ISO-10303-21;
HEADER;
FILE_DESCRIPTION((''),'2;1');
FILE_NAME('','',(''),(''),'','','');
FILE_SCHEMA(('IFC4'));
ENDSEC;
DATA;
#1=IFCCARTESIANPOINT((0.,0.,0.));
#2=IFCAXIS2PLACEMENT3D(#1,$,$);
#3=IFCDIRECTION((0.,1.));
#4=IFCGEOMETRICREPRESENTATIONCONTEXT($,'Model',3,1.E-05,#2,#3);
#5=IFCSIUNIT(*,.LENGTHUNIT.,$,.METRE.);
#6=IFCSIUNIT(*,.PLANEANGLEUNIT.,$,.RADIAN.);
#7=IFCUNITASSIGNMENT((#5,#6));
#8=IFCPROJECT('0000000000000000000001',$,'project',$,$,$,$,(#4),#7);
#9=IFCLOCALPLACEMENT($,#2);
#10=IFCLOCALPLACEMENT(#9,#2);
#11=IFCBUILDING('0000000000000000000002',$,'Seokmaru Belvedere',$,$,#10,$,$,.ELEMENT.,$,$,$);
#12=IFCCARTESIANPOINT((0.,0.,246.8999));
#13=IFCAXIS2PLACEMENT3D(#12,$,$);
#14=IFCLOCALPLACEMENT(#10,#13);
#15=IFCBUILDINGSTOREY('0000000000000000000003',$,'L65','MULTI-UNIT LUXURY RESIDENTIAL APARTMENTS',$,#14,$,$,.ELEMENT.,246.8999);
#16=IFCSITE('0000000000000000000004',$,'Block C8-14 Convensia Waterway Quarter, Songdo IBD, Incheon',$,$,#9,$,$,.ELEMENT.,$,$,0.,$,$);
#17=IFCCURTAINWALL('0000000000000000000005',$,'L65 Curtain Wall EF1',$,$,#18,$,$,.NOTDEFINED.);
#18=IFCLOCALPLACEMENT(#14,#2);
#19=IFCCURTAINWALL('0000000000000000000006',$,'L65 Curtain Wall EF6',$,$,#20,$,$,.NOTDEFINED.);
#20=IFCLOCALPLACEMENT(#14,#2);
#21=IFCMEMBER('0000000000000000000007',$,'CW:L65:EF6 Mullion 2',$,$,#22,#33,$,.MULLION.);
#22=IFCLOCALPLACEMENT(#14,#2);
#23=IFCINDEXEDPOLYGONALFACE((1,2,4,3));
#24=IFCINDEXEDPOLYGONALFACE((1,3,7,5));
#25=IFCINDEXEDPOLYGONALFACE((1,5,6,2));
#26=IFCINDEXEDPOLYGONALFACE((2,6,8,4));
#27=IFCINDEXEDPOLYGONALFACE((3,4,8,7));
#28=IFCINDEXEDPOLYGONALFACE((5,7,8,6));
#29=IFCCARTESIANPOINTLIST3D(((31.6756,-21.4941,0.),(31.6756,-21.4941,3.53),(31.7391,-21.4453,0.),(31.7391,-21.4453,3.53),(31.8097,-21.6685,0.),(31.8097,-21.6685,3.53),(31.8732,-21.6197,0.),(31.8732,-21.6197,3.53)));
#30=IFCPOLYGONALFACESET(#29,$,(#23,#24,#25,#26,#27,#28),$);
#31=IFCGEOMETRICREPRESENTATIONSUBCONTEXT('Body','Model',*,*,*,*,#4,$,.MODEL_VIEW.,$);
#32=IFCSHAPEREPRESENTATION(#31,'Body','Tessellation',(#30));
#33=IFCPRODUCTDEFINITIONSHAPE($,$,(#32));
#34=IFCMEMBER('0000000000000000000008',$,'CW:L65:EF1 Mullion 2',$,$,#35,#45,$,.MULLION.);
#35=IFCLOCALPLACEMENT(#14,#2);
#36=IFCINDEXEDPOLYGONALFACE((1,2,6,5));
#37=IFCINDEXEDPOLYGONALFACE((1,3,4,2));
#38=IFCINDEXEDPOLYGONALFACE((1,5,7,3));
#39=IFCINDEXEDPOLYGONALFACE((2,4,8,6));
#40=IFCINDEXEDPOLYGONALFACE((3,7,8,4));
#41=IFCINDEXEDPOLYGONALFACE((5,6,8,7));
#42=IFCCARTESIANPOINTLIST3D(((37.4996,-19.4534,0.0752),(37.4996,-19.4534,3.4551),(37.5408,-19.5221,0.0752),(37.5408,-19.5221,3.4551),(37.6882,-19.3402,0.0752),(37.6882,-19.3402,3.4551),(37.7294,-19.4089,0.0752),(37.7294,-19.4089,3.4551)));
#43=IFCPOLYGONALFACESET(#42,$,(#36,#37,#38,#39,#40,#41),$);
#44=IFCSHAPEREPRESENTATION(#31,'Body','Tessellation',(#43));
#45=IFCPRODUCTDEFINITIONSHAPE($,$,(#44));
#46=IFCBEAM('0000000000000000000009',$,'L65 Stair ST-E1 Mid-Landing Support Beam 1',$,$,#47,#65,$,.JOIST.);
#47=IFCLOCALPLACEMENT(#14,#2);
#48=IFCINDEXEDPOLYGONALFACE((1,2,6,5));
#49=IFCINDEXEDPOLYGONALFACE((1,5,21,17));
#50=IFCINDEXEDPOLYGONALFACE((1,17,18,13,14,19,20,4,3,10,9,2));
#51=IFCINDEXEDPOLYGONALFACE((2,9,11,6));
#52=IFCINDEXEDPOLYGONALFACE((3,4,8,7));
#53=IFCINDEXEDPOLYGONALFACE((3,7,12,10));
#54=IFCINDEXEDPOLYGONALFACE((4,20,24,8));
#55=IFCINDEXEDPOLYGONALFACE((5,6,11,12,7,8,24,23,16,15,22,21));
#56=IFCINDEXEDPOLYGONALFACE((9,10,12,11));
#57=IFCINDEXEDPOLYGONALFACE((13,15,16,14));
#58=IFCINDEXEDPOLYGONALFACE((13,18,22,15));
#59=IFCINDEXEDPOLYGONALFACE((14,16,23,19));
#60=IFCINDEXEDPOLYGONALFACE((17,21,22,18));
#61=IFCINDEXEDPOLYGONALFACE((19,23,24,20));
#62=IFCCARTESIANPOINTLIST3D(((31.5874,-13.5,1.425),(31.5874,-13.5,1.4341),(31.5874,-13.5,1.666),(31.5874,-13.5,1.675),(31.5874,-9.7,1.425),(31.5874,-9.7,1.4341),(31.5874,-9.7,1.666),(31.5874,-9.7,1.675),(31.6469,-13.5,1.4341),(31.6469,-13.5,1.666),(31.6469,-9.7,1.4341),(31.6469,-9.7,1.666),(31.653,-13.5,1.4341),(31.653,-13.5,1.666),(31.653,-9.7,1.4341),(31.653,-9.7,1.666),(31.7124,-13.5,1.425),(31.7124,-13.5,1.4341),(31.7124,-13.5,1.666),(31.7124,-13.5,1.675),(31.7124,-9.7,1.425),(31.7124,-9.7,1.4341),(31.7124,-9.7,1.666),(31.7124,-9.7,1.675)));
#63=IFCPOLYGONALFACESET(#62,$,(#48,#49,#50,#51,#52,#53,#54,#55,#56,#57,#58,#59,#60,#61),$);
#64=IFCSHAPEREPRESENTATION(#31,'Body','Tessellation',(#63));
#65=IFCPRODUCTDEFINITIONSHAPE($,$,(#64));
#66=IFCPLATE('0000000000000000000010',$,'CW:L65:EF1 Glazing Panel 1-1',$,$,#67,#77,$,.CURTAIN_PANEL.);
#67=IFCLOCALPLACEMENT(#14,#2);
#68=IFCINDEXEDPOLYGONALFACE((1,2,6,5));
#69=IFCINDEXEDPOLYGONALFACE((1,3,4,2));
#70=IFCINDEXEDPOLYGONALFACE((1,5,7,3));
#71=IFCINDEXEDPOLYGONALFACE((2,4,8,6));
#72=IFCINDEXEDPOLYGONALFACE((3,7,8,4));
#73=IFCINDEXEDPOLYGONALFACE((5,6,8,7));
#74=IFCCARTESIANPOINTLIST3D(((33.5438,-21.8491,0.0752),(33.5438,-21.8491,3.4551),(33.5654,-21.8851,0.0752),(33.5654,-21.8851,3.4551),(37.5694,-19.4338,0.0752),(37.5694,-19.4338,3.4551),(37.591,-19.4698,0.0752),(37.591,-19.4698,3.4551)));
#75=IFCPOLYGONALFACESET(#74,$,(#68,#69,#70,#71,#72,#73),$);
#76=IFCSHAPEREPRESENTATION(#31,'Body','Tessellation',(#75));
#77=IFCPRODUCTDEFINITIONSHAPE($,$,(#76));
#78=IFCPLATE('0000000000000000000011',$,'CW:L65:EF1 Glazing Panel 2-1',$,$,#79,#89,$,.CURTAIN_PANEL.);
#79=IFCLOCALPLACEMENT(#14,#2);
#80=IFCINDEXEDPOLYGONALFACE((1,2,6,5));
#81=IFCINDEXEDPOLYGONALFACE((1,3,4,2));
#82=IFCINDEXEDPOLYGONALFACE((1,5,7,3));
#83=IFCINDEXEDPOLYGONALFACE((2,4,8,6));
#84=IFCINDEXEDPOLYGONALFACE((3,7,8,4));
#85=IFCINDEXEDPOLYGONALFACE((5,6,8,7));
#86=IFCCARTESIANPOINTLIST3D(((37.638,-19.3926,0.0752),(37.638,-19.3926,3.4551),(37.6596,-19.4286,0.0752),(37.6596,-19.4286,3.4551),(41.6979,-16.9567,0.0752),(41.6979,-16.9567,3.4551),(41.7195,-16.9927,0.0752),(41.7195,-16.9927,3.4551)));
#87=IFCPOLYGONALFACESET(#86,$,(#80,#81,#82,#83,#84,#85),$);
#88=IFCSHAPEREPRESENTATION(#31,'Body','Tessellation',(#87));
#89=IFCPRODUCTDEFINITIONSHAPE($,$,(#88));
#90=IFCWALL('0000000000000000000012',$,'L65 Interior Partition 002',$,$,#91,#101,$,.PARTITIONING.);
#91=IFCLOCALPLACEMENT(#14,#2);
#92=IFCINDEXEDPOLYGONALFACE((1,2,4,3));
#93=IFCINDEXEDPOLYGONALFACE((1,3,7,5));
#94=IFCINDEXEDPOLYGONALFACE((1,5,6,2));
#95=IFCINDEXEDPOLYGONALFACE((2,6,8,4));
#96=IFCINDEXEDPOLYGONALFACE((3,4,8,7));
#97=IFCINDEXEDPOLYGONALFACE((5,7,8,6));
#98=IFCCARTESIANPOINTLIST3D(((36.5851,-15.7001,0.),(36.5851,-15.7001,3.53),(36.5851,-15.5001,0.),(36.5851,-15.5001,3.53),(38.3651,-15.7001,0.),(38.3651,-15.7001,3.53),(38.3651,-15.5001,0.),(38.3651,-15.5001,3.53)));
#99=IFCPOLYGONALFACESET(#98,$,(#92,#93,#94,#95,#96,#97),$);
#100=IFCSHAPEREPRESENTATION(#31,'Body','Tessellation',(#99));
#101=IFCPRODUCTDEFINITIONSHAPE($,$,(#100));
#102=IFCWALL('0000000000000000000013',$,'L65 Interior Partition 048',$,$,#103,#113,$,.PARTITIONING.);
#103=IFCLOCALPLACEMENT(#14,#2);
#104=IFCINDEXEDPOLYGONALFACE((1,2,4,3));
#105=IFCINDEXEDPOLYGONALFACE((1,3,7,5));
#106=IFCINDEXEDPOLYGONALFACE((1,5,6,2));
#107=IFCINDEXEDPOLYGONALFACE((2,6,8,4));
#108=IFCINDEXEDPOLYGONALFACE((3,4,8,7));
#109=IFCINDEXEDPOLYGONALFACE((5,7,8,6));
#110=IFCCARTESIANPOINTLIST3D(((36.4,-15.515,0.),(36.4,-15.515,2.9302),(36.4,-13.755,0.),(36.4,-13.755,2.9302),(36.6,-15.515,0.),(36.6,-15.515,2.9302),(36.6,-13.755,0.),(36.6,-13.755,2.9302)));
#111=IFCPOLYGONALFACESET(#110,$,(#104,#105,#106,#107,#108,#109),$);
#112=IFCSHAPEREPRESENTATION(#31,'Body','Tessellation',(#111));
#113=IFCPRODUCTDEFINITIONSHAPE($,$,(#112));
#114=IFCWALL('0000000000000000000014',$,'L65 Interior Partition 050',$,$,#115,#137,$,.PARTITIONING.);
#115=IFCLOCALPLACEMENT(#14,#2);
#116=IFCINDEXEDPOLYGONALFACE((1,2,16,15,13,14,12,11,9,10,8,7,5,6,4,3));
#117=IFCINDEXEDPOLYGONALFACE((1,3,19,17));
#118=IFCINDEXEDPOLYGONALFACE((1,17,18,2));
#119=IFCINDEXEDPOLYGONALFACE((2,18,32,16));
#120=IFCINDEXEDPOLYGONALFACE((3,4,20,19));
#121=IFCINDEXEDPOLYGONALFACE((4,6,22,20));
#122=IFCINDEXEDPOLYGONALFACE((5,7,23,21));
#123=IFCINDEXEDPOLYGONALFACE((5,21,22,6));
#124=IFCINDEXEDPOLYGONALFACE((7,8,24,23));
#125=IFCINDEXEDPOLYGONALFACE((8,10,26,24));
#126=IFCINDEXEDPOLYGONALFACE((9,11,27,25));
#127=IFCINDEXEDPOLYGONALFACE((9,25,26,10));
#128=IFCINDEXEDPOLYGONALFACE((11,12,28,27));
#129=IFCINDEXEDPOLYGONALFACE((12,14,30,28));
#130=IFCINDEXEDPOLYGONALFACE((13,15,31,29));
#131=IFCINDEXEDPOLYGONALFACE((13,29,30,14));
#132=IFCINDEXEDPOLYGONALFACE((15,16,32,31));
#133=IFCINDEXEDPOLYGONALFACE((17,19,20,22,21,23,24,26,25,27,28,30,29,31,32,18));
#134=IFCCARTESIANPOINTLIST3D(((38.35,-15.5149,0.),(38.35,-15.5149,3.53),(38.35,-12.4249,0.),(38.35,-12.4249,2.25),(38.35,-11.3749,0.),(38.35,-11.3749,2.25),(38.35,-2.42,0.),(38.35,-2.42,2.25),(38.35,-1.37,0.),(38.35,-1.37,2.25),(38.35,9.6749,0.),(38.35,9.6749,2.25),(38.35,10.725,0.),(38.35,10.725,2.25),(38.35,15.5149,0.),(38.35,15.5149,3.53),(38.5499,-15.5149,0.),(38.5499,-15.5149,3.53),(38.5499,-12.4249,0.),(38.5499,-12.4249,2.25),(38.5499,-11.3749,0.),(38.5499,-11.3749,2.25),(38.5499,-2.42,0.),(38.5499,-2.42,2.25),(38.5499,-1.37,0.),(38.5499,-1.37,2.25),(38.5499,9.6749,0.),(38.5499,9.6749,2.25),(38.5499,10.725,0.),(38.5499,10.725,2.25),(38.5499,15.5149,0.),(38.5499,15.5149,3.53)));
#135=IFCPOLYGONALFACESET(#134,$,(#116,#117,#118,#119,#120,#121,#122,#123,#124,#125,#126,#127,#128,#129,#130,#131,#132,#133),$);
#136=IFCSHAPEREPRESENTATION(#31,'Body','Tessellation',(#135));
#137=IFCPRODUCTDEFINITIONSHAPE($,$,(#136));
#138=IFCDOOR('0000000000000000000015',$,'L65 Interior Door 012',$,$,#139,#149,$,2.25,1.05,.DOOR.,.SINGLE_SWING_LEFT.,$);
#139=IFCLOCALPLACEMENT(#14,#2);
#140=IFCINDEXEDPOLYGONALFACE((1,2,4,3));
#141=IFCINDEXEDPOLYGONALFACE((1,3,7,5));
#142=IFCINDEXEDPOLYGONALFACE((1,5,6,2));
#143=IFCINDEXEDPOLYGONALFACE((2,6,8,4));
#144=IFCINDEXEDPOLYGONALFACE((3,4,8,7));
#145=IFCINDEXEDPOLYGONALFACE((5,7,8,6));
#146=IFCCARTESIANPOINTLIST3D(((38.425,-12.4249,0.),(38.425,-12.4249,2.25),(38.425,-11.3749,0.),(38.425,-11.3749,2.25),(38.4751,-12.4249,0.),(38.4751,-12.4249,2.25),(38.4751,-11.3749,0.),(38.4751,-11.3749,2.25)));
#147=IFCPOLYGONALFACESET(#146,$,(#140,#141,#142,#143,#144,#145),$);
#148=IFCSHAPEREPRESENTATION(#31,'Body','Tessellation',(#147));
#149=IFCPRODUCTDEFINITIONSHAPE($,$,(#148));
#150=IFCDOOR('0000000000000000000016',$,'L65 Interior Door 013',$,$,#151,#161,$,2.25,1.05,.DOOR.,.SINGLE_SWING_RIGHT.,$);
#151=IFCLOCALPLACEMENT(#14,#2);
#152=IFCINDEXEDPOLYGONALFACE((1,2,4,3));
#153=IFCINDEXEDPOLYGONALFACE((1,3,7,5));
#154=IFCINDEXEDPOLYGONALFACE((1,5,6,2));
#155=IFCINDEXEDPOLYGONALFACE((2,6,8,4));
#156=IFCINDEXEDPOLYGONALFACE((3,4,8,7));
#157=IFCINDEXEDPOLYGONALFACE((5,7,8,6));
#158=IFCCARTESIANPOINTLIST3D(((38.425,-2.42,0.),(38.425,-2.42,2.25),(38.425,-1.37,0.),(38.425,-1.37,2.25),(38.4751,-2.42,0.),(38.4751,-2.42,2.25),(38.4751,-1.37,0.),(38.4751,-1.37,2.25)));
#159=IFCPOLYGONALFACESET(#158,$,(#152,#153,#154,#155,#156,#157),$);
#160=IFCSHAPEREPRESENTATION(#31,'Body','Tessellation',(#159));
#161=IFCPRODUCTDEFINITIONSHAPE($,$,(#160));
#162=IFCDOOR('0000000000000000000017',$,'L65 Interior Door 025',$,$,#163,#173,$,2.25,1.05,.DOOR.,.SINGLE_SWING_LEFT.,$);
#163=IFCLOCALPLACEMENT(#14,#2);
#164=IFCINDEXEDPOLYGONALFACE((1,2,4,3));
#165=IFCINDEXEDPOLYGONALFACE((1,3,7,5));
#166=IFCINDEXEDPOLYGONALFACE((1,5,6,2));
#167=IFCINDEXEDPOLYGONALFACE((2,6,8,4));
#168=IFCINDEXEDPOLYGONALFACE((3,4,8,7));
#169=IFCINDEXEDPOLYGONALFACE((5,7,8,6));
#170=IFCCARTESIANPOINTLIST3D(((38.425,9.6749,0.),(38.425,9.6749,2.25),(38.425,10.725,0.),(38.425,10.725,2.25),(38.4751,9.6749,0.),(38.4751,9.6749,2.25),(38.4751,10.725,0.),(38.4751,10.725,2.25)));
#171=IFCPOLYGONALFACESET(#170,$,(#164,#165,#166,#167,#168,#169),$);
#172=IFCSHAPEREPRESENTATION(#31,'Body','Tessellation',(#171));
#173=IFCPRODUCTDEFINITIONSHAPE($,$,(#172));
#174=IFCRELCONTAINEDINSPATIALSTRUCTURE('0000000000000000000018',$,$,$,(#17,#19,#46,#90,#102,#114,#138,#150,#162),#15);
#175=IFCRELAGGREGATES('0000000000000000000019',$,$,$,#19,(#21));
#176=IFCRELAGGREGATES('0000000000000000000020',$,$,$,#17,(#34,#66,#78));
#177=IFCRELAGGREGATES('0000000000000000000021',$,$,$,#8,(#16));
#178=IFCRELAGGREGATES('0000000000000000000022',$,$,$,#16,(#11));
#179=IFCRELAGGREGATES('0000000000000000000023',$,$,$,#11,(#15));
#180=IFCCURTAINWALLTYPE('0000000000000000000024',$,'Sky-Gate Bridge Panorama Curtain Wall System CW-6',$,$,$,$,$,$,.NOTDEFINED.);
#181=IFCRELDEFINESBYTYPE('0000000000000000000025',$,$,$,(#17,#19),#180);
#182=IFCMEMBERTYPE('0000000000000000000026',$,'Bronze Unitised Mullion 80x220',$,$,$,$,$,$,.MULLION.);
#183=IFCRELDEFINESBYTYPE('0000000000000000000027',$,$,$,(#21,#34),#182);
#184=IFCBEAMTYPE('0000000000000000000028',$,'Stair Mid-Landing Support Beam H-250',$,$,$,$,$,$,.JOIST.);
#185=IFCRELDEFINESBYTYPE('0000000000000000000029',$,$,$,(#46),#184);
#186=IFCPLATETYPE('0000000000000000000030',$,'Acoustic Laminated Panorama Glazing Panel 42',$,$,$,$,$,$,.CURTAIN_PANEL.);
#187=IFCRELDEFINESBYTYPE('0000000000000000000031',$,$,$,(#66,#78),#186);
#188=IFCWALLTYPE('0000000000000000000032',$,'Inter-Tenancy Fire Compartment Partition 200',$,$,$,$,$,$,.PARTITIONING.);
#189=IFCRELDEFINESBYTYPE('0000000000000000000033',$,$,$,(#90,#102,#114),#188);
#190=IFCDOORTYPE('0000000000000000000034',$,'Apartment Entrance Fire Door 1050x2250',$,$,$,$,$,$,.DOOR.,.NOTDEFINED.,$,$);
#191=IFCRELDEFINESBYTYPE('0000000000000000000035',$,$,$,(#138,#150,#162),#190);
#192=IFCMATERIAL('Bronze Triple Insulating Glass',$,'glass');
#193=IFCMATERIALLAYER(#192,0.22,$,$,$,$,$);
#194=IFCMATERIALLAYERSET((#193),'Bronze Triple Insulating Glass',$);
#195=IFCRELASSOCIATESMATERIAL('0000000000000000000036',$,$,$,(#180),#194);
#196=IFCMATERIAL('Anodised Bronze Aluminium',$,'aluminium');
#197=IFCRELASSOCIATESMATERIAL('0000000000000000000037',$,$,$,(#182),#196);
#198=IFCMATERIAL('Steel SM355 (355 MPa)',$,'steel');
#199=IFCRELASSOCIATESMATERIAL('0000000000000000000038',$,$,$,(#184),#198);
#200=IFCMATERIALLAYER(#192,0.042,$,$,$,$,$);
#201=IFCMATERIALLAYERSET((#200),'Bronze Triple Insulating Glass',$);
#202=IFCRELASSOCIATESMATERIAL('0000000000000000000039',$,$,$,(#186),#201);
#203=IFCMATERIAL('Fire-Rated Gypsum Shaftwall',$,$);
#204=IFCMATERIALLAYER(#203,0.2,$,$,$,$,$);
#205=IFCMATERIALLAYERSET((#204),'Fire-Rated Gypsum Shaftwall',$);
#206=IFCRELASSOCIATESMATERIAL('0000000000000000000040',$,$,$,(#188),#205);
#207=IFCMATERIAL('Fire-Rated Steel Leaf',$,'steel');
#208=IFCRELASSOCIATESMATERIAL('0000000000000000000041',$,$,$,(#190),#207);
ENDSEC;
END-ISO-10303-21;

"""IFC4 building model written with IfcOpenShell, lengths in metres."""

from ifc_helpers import new_model, si_unit, direction, frame, frame_2d, origin, origin_2d, place, context, subcontext, project, spatial, rectangle, i_section, extrude, source, transform, mapped, material, layer, layer_set, material_profile, profile_set, type_object, type_shapes, element, fill, aggregate, save


model = new_model("IFC4")

# Units and contexts
model_context = context("Model", 3, precision=1e-05, world=origin(), true_north=direction((0.0, 1.0)))
body_context = subcontext(model_context, "Body", "Model", "MODEL_VIEW")
ifc_project = project(units=[si_unit("LENGTHUNIT", "METRE"), si_unit("PLANEANGLEUNIT", "RADIAN")], contexts=[model_context])

# Site, building, storey
site_placement = place(None, origin())
site = spatial("IfcSite", under=ifc_project, at=site_placement, Name="Block C8-14 Convensia Waterway Quarter, Songdo IBD, Incheon", CompositionType="ELEMENT", RefElevation=0.0)
building_placement = place(site_placement, origin())
building = spatial("IfcBuilding", under=site, at=building_placement, Name="Seokmaru Belvedere", CompositionType="ELEMENT")
storey_placement = place(building_placement, frame((0.0, 0.0, 246.8999)))
storey = spatial("IfcBuildingStorey", under=building, at=storey_placement, Name="L65", Description="MULTI-UNIT LUXURY RESIDENTIAL APARTMENTS", CompositionType="ELEMENT", Elevation=246.8999)

# Shared definitions
ifc_material_1 = material(Name="Steel SM355 (355 MPa)", Category="steel")

# Curtain wall
ifc_material_2 = material(Name="Bronze Triple Insulating Glass", Category="glass")
ifc_layer_1 = layer(ifc_material_2, 0.22)
ifc_layer_set_1 = layer_set([ifc_layer_1], Name="Bronze Triple Insulating Glass")
curtain_wall_type = type_object("IfcCurtainWallType", Name="Sky-Gate Bridge Panorama Curtain Wall System CW-6", PredefinedType="NOTDEFINED", material=ifc_layer_set_1)
curtain_wall_1_placement = place(storey_placement, origin())
curtain_wall_1 = element("IfcCurtainWall", 1, at=curtain_wall_1_placement, inside=storey, type_object=curtain_wall_type, Name="L65 Curtain Wall EF1", PredefinedType="NOTDEFINED")
ifc_material_3 = material(Name="Anodised Bronze Aluminium", Category="aluminium")
ifc_material_profile_1 = material_profile(ifc_material_3, rectangle(XDim=0.0801, YDim=0.22, at=origin_2d()), Name="CW-M-80x220")
ifc_profile_set_1 = profile_set([ifc_material_profile_1], Name="Anodised Bronze Aluminium")
member_type_1 = type_object("IfcMemberType", Name="Bronze Unitised Mullion 80x220", PredefinedType="MULLION", material=ifc_profile_set_1)
shared_shape_1 = source(origin(), body_context, "Body", "SweptSolid", [
    extrude(rectangle(XDim=0.0801, YDim=0.22, at=origin_2d()), origin(), (0.0, 0.0, 1.0), 3.53),
])

# Curtain wall, member
curtain_wall_2_placement = place(storey_placement, origin())
curtain_wall_2 = element("IfcCurtainWall", 2, at=curtain_wall_2_placement, inside=storey, type_object=curtain_wall_type, Name="L65 Curtain Wall EF6", PredefinedType="NOTDEFINED")
member_1_placement = place(storey_placement, frame((31.7744, -21.5569, 0.0), z_axis=(0.0, 0.0, 1.0), x_axis=(0.792631, 0.609701, 0.0)))
member_1 = element("IfcMember", 3, at=member_1_placement, type_object=member_type_1, Name="CW:L65:EF6 Mullion 2", PredefinedType="MULLION", context=body_context, shape_type="MappedRepresentation", body=[
    mapped(shared_shape_1, transform((0.0, 0.0, 0.0), scale=1.0)),
])
aggregate(curtain_wall_2, [member_1])

# Member
shared_shape_2 = source(origin(), body_context, "Body", "SweptSolid", [
    extrude(rectangle(XDim=0.0801, YDim=0.22, at=origin_2d()), origin(), (0.0, 0.0, 1.0), 3.3799),
])
type_shapes(member_type_1, [shared_shape_1, shared_shape_2])
member_2_placement = place(storey_placement, frame((37.6145, -19.4312, 0.0752), z_axis=(0.0, 0.0, 1.0), x_axis=(-0.514495, 0.857493, 0.0)))
member_2 = element("IfcMember", 4, at=member_2_placement, type_object=member_type_1, Name="CW:L65:EF1 Mullion 2", PredefinedType="MULLION", context=body_context, shape_type="MappedRepresentation", body=[
    mapped(shared_shape_2, transform((0.0, 0.0, 0.0), scale=1.0)),
])

# Beam
ifc_material_profile_2 = material_profile(ifc_material_1, i_section(OverallWidth=0.125, OverallDepth=0.25, WebThickness=0.0061, FlangeThickness=0.009, at=origin_2d()), Name="H-250x125x6x9")
ifc_profile_set_2 = profile_set([ifc_material_profile_2], Name="Steel SM355 (355 MPa)")
beam_type_1 = type_object("IfcBeamType", Name="Stair Mid-Landing Support Beam H-250", PredefinedType="JOIST", material=ifc_profile_set_2)
shared_shape_3 = source(origin(), body_context, "Body", "SweptSolid", [
    extrude(i_section(OverallWidth=0.125, OverallDepth=0.25, WebThickness=0.0061, FlangeThickness=0.009, at=origin_2d()), origin(), (0.0, 0.0, 1.0), 3.8),
])
type_shapes(beam_type_1, [shared_shape_3])
beam_1_placement = place(storey_placement, frame((31.6499, -13.5, 1.55), z_axis=(0.0, 1.0, 0.0), x_axis=(-1.0, 0.0, 0.0)))
element("IfcBeam", 5, at=beam_1_placement, inside=storey, type_object=beam_type_1, Name="L65 Stair ST-E1 Mid-Landing Support Beam 1", PredefinedType="JOIST", context=body_context, shape_type="MappedRepresentation", body=[
    mapped(shared_shape_3, transform((0.0, 0.0, 0.0), scale=1.0)),
])

# Plates
ifc_layer_2 = layer(ifc_material_2, 0.042)
ifc_layer_set_2 = layer_set([ifc_layer_2], Name="Bronze Triple Insulating Glass")
plate_type = type_object("IfcPlateType", Name="Acoustic Laminated Panorama Glazing Panel 42", PredefinedType="CURTAIN_PANEL", material=ifc_layer_set_2)
shared_shape_4 = source(origin(), body_context, "Body", "SweptSolid", [
    extrude(rectangle(XDim=4.6946, YDim=0.042, at=origin_2d()), origin(), (0.0, 0.0, 1.0), 3.3799),
])
plate_1_placement = place(storey_placement, frame((35.5674, -20.6594, 0.0752), z_axis=(0.0, 0.0, 1.0), x_axis=(0.857493, 0.514495, 0.0)))
plate_1 = element("IfcPlate", 6, at=plate_1_placement, type_object=plate_type, Name="CW:L65:EF1 Glazing Panel 1-1", PredefinedType="CURTAIN_PANEL", context=body_context, shape_type="MappedRepresentation", body=[
    mapped(shared_shape_4, transform((0.0, 0.0, 0.0), scale=1.0)),
])
shared_shape_5 = source(origin(), body_context, "Body", "SweptSolid", [
    extrude(rectangle(XDim=4.7346, YDim=0.042, at=origin_2d()), origin(), (0.0, 0.0, 1.0), 3.3799),
])
type_shapes(plate_type, [shared_shape_4, shared_shape_5])
plate_2_placement = place(storey_placement, frame((39.6787, -18.1926, 0.0752), z_axis=(0.0, 0.0, 1.0), x_axis=(0.857493, 0.514495, 0.0)))
plate_2 = element("IfcPlate", 7, at=plate_2_placement, type_object=plate_type, Name="CW:L65:EF1 Glazing Panel 2-1", PredefinedType="CURTAIN_PANEL", context=body_context, shape_type="MappedRepresentation", body=[
    mapped(shared_shape_5, transform((0.0, 0.0, 0.0), scale=1.0)),
])
aggregate(curtain_wall_1, [member_2, plate_1, plate_2])

# Walls
ifc_material_4 = material(Name="Fire-Rated Gypsum Shaftwall")
ifc_layer_3 = layer(ifc_material_4, 0.2)
ifc_layer_set_3 = layer_set([ifc_layer_3], Name="Fire-Rated Gypsum Shaftwall")
wall_type_1 = type_object("IfcWallType", Name="Inter-Tenancy Fire Compartment Partition 200", PredefinedType="PARTITIONING", material=ifc_layer_set_3)
wall_1_placement = place(storey_placement, frame((36.585, -15.6001, 0.0), z_axis=(0.0, 0.0, 1.0), x_axis=(1.0, 0.0, 0.0)))
element("IfcWall", 8, at=wall_1_placement, inside=storey, type_object=wall_type_1, Name="L65 Interior Partition 002", PredefinedType="PARTITIONING", context=body_context, shape_type="SweptSolid", body=[
    extrude(rectangle(XDim=1.78, YDim=0.2, at=frame_2d((0.8901, 0.0))), origin(), (0.0, 0.0, 1.0), 3.53),
])
wall_2_placement = place(storey_placement, frame((36.5, -15.5149, 0.0), z_axis=(0.0, 0.0, 1.0), x_axis=(0.0, 1.0, 0.0)))
element("IfcWall", 9, at=wall_2_placement, inside=storey, type_object=wall_type_1, Name="L65 Interior Partition 048", PredefinedType="PARTITIONING", context=body_context, shape_type="SweptSolid", body=[
    extrude(rectangle(XDim=1.76, YDim=0.2, at=frame_2d((0.8799, 0.0))), origin(), (0.0, 0.0, 1.0), 2.9302),
])

# Wall, openings, doors
wall_3_placement = place(storey_placement, frame((38.45, -15.5149, 0.0), z_axis=(0.0, 0.0, 1.0), x_axis=(0.0, 1.0, 0.0)))
wall_3 = element("IfcWall", 10, at=wall_3_placement, inside=storey, type_object=wall_type_1, Name="L65 Interior Partition 050", PredefinedType="PARTITIONING", context=body_context, shape_type="SweptSolid", body=[
    extrude(rectangle(XDim=31.0298, YDim=0.2, at=frame_2d((15.5149, 0.0))), origin(), (0.0, 0.0, 1.0), 3.53),
])
opening_1_placement = place(wall_3_placement, frame((3.0901, 0.0, 0.0)))
opening_1 = element("IfcOpeningElement", 11, at=opening_1_placement, cuts=wall_3, PredefinedType="OPENING", context=body_context, shape_type="SweptSolid", body=[
    extrude(rectangle(XDim=1.05, YDim=2.25, at=frame_2d((0.5249, 1.125))), frame((0.0, 0.1099, 0.0), z_axis=(0.0, -1.0, 0.0), x_axis=(1.0, 0.0, 0.0)), (0.0, 0.0, 1.0), 0.22),
])
opening_2_placement = place(wall_3_placement, frame((13.095, 0.0, 0.0)))
opening_2 = element("IfcOpeningElement", 12, at=opening_2_placement, cuts=wall_3, PredefinedType="OPENING", context=body_context, shape_type="SweptSolid", body=[
    extrude(rectangle(XDim=1.05, YDim=2.25, at=frame_2d((0.5249, 1.125))), frame((0.0, 0.1099, 0.0), z_axis=(0.0, -1.0, 0.0), x_axis=(1.0, 0.0, 0.0)), (0.0, 0.0, 1.0), 0.22),
])
opening_3_placement = place(wall_3_placement, frame((25.1899, 0.0, 0.0)))
opening_3 = element("IfcOpeningElement", 13, at=opening_3_placement, cuts=wall_3, PredefinedType="OPENING", context=body_context, shape_type="SweptSolid", body=[
    extrude(rectangle(XDim=1.05, YDim=2.25, at=frame_2d((0.5249, 1.125))), frame((0.0, 0.1099, 0.0), z_axis=(0.0, -1.0, 0.0), x_axis=(1.0, 0.0, 0.0)), (0.0, 0.0, 1.0), 0.22),
])
ifc_material_5 = material(Name="Fire-Rated Steel Leaf", Category="steel")
door_type_1 = type_object("IfcDoorType", Name="Apartment Entrance Fire Door 1050x2250", OperationType="NOTDEFINED", PredefinedType="DOOR", material=ifc_material_5)
shared_shape_6 = source(origin(), body_context, "Body", "SweptSolid", [
    extrude(rectangle(XDim=1.05, YDim=2.25, at=frame_2d((0.5249, 1.125))), frame((0.0, 0.0249, 0.0), z_axis=(0.0, -1.0, 0.0), x_axis=(1.0, 0.0, 0.0)), (0.0, 0.0, 1.0), 0.05),
])
type_shapes(door_type_1, [shared_shape_6])
door_1_placement = place(opening_1_placement, origin())
door_1 = element("IfcDoor", 14, at=door_1_placement, inside=storey, type_object=door_type_1, Name="L65 Interior Door 012", OperationType="SINGLE_SWING_LEFT", OverallHeight=2.25, OverallWidth=1.05, PredefinedType="DOOR", context=body_context, shape_type="MappedRepresentation", body=[
    mapped(shared_shape_6, transform((0.0, 0.0, 0.0), scale=1.0)),
])
fill(opening_1, door_1)
door_2_placement = place(opening_2_placement, origin())
door_2 = element("IfcDoor", 15, at=door_2_placement, inside=storey, type_object=door_type_1, Name="L65 Interior Door 013", OperationType="SINGLE_SWING_RIGHT", OverallHeight=2.25, OverallWidth=1.05, PredefinedType="DOOR", context=body_context, shape_type="MappedRepresentation", body=[
    mapped(shared_shape_6, transform((0.0, 0.0, 0.0), scale=1.0)),
])
fill(opening_2, door_2)
door_3_placement = place(opening_3_placement, origin())
door_3 = element("IfcDoor", 16, at=door_3_placement, inside=storey, type_object=door_type_1, Name="L65 Interior Door 025", OperationType="SINGLE_SWING_LEFT", OverallHeight=2.25, OverallWidth=1.05, PredefinedType="DOOR", context=body_context, shape_type="MappedRepresentation", body=[
    mapped(shared_shape_6, transform((0.0, 0.0, 0.0), scale=1.0)),
])
fill(opening_3, door_3)

save(model, "model.ifc")
